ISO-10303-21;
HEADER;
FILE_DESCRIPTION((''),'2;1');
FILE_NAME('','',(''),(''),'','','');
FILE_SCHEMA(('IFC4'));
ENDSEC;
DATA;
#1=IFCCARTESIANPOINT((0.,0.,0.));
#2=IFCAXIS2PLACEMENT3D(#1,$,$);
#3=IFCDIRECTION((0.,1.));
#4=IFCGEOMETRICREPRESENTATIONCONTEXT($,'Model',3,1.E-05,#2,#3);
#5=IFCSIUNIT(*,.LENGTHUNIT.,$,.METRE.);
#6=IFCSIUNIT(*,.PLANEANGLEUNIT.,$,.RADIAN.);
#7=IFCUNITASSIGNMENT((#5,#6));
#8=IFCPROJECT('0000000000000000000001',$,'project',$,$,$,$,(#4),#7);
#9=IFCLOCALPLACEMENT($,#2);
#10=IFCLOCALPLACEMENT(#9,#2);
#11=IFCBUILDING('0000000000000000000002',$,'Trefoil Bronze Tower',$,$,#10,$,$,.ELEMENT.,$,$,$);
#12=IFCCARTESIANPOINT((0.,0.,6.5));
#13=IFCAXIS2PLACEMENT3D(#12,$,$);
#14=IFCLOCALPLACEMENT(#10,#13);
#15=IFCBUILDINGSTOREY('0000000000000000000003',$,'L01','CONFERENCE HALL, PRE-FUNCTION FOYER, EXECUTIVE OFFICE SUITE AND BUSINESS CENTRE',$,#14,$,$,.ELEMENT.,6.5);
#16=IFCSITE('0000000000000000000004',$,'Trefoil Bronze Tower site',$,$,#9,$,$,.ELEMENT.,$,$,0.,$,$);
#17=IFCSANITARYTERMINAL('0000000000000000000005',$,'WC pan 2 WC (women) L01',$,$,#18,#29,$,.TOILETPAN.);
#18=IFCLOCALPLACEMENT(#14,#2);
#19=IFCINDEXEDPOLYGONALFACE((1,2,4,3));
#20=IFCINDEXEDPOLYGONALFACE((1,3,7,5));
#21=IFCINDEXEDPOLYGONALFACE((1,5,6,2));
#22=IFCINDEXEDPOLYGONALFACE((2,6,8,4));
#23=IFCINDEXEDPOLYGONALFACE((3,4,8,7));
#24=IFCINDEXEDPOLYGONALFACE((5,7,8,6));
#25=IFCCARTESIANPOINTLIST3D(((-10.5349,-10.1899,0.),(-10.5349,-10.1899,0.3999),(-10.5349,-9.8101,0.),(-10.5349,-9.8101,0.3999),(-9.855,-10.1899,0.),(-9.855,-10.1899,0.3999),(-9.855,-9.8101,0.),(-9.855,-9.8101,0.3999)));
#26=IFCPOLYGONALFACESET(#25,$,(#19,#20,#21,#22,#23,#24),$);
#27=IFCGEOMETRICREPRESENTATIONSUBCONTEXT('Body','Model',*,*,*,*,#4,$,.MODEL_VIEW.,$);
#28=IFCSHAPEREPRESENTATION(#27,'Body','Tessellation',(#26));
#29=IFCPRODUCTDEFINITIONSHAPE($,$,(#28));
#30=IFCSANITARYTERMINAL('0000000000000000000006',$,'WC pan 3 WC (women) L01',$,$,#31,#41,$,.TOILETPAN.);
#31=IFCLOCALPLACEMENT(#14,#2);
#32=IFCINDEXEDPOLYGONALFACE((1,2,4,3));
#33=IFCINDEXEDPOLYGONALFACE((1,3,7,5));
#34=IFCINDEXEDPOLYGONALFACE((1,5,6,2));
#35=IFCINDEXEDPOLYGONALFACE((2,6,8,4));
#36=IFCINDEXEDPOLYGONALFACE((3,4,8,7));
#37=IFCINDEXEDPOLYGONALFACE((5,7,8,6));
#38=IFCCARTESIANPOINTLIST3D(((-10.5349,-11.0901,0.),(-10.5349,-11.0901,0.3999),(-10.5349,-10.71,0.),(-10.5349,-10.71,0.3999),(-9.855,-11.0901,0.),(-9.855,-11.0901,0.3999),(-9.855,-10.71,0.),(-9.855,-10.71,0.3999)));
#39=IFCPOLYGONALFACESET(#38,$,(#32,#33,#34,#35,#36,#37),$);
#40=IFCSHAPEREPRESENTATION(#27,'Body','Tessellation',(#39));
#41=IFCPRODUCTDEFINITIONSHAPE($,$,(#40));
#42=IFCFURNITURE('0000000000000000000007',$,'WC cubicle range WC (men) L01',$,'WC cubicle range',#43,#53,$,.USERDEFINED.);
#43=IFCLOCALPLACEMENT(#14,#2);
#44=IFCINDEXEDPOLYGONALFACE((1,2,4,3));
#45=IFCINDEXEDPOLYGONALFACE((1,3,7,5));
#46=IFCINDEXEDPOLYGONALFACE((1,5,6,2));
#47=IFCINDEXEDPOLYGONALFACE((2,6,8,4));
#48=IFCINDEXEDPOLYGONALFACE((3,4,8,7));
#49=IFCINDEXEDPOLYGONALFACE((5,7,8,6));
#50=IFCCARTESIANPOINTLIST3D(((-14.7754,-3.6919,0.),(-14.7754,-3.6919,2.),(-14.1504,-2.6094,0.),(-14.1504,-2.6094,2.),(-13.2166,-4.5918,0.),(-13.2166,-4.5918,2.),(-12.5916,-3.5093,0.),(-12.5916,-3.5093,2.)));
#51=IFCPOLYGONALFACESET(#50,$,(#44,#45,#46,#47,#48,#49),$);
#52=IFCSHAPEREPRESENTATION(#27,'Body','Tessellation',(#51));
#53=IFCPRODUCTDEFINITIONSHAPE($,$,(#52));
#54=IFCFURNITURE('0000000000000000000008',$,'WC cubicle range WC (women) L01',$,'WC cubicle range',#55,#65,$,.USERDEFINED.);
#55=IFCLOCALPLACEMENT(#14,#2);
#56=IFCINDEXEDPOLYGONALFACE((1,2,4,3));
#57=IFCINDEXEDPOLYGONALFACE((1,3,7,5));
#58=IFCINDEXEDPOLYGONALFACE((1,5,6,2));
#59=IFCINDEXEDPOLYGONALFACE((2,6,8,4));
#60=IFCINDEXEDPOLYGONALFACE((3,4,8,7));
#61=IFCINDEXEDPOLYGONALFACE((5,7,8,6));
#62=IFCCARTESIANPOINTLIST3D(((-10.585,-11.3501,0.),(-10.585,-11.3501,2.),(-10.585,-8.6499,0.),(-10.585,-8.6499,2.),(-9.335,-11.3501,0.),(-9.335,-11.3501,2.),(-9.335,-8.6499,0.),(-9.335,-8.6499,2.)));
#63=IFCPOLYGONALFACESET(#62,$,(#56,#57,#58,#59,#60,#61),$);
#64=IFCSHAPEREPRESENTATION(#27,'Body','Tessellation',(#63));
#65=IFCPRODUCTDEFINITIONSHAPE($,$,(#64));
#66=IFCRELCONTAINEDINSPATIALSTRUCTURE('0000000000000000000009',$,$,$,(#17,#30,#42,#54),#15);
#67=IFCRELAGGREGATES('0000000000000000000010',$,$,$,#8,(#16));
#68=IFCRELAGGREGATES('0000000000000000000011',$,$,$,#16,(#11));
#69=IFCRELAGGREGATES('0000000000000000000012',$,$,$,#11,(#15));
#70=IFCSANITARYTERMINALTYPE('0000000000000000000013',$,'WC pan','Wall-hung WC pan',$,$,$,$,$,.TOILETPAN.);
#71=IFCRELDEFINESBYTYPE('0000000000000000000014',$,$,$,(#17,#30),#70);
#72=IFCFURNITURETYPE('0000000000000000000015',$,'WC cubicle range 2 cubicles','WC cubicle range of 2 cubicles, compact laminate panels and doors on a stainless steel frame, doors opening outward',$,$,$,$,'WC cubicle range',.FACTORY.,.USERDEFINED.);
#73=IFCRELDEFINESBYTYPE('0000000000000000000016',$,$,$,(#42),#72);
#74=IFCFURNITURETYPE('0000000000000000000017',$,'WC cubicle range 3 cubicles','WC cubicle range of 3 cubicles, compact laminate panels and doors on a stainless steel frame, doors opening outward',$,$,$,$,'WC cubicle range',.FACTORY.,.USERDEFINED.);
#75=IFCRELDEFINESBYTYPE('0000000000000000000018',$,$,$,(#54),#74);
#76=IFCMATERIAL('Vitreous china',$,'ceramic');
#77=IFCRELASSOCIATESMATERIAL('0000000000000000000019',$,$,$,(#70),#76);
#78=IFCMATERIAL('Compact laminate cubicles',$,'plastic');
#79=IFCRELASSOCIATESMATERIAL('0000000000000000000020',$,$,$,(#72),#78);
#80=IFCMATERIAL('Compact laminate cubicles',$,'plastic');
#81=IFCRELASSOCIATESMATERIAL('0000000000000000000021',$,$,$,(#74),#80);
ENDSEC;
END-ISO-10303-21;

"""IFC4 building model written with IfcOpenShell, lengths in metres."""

from ifc_helpers import new_model, si_unit, direction, frame, origin, place, context, subcontext, project, spatial, polyline, outline, extrude, material, type_object, element, save


model = new_model("IFC4")

# Units and contexts
model_context = context("Model", 3, precision=1e-05, world=origin(), true_north=direction((0.0, 1.0)))
body_context = subcontext(model_context, "Body", "Model", "MODEL_VIEW")
ifc_project = project(units=[si_unit("LENGTHUNIT", "METRE"), si_unit("PLANEANGLEUNIT", "RADIAN")], contexts=[model_context])

# Site, building, storey
site_placement = place(None, origin())
site = spatial("IfcSite", under=ifc_project, at=site_placement, Name="Trefoil Bronze Tower site", CompositionType="ELEMENT", RefElevation=0.0)
building_placement = place(site_placement, origin())
building = spatial("IfcBuilding", under=site, at=building_placement, Name="Trefoil Bronze Tower", CompositionType="ELEMENT")
storey_placement = place(building_placement, frame((0.0, 0.0, 6.5)))
storey = spatial("IfcBuildingStorey", under=building, at=storey_placement, Name="L01", Description="CONFERENCE HALL, PRE-FUNCTION FOYER, EXECUTIVE OFFICE SUITE AND BUSINESS CENTRE", CompositionType="ELEMENT", Elevation=6.5)

# Sanitary terminals
ifc_material_1 = material(Name="Vitreous china", Category="ceramic")
sanitary_terminal_type_1 = type_object("IfcSanitaryTerminalType", Name="WC pan", Description="Wall-hung WC pan", PredefinedType="TOILETPAN", material=ifc_material_1)
sanitary_terminal_1_placement = place(storey_placement, origin())
element("IfcSanitaryTerminal", 1, at=sanitary_terminal_1_placement, inside=storey, type_object=sanitary_terminal_type_1, Name="WC pan 2 WC (women) L01", PredefinedType="TOILETPAN", context=body_context, shape_type="SweptSolid", body=[
    extrude(outline(polyline([(-9.855, -9.8101), (-10.5349, -9.8101), (-10.5349, -10.1899), (-9.855, -10.1899), (-9.855, -9.8101)])), origin(), (0.0, 0.0, 1.0), 0.3999),
])
sanitary_terminal_2_placement = place(storey_placement, origin())
element("IfcSanitaryTerminal", 2, at=sanitary_terminal_2_placement, inside=storey, type_object=sanitary_terminal_type_1, Name="WC pan 3 WC (women) L01", PredefinedType="TOILETPAN", context=body_context, shape_type="SweptSolid", body=[
    extrude(outline(polyline([(-9.855, -10.71), (-10.5349, -10.71), (-10.5349, -11.0901), (-9.855, -11.0901), (-9.855, -10.71)])), origin(), (0.0, 0.0, 1.0), 0.3999),
])

# Furniture
ifc_material_2 = material(Name="Compact laminate cubicles", Category="plastic")
furniture_type_1 = type_object("IfcFurnitureType", Name="WC cubicle range 2 cubicles", Description="WC cubicle range of 2 cubicles, compact laminate panels and doors on a stainless steel frame, doors opening outward", ElementType="WC cubicle range", AssemblyPlace="FACTORY", PredefinedType="USERDEFINED", material=ifc_material_2)
furniture_1_placement = place(storey_placement, origin())
element("IfcFurniture", 3, at=furniture_1_placement, inside=storey, type_object=furniture_type_1, Name="WC cubicle range WC (men) L01", ObjectType="WC cubicle range", PredefinedType="USERDEFINED", context=body_context, shape_type="SweptSolid", body=[
    extrude(outline(polyline([(-12.5916, -3.5093), (-13.2166, -4.5918), (-14.7754, -3.6919), (-14.1504, -2.6094), (-12.5916, -3.5093)])), origin(), (0.0, 0.0, 1.0), 2.0),
])
ifc_material_3 = material(Name="Compact laminate cubicles", Category="plastic")
furniture_type_2 = type_object("IfcFurnitureType", Name="WC cubicle range 3 cubicles", Description="WC cubicle range of 3 cubicles, compact laminate panels and doors on a stainless steel frame, doors opening outward", ElementType="WC cubicle range", AssemblyPlace="FACTORY", PredefinedType="USERDEFINED", material=ifc_material_3)
furniture_2_placement = place(storey_placement, origin())
element("IfcFurniture", 4, at=furniture_2_placement, inside=storey, type_object=furniture_type_2, Name="WC cubicle range WC (women) L01", ObjectType="WC cubicle range", PredefinedType="USERDEFINED", context=body_context, shape_type="SweptSolid", body=[
    extrude(outline(polyline([(-9.335, -8.6499), (-10.585, -8.6499), (-10.585, -11.3501), (-9.335, -11.3501), (-9.335, -8.6499)])), origin(), (0.0, 0.0, 1.0), 2.0),
])

save(model, "model.ifc")
